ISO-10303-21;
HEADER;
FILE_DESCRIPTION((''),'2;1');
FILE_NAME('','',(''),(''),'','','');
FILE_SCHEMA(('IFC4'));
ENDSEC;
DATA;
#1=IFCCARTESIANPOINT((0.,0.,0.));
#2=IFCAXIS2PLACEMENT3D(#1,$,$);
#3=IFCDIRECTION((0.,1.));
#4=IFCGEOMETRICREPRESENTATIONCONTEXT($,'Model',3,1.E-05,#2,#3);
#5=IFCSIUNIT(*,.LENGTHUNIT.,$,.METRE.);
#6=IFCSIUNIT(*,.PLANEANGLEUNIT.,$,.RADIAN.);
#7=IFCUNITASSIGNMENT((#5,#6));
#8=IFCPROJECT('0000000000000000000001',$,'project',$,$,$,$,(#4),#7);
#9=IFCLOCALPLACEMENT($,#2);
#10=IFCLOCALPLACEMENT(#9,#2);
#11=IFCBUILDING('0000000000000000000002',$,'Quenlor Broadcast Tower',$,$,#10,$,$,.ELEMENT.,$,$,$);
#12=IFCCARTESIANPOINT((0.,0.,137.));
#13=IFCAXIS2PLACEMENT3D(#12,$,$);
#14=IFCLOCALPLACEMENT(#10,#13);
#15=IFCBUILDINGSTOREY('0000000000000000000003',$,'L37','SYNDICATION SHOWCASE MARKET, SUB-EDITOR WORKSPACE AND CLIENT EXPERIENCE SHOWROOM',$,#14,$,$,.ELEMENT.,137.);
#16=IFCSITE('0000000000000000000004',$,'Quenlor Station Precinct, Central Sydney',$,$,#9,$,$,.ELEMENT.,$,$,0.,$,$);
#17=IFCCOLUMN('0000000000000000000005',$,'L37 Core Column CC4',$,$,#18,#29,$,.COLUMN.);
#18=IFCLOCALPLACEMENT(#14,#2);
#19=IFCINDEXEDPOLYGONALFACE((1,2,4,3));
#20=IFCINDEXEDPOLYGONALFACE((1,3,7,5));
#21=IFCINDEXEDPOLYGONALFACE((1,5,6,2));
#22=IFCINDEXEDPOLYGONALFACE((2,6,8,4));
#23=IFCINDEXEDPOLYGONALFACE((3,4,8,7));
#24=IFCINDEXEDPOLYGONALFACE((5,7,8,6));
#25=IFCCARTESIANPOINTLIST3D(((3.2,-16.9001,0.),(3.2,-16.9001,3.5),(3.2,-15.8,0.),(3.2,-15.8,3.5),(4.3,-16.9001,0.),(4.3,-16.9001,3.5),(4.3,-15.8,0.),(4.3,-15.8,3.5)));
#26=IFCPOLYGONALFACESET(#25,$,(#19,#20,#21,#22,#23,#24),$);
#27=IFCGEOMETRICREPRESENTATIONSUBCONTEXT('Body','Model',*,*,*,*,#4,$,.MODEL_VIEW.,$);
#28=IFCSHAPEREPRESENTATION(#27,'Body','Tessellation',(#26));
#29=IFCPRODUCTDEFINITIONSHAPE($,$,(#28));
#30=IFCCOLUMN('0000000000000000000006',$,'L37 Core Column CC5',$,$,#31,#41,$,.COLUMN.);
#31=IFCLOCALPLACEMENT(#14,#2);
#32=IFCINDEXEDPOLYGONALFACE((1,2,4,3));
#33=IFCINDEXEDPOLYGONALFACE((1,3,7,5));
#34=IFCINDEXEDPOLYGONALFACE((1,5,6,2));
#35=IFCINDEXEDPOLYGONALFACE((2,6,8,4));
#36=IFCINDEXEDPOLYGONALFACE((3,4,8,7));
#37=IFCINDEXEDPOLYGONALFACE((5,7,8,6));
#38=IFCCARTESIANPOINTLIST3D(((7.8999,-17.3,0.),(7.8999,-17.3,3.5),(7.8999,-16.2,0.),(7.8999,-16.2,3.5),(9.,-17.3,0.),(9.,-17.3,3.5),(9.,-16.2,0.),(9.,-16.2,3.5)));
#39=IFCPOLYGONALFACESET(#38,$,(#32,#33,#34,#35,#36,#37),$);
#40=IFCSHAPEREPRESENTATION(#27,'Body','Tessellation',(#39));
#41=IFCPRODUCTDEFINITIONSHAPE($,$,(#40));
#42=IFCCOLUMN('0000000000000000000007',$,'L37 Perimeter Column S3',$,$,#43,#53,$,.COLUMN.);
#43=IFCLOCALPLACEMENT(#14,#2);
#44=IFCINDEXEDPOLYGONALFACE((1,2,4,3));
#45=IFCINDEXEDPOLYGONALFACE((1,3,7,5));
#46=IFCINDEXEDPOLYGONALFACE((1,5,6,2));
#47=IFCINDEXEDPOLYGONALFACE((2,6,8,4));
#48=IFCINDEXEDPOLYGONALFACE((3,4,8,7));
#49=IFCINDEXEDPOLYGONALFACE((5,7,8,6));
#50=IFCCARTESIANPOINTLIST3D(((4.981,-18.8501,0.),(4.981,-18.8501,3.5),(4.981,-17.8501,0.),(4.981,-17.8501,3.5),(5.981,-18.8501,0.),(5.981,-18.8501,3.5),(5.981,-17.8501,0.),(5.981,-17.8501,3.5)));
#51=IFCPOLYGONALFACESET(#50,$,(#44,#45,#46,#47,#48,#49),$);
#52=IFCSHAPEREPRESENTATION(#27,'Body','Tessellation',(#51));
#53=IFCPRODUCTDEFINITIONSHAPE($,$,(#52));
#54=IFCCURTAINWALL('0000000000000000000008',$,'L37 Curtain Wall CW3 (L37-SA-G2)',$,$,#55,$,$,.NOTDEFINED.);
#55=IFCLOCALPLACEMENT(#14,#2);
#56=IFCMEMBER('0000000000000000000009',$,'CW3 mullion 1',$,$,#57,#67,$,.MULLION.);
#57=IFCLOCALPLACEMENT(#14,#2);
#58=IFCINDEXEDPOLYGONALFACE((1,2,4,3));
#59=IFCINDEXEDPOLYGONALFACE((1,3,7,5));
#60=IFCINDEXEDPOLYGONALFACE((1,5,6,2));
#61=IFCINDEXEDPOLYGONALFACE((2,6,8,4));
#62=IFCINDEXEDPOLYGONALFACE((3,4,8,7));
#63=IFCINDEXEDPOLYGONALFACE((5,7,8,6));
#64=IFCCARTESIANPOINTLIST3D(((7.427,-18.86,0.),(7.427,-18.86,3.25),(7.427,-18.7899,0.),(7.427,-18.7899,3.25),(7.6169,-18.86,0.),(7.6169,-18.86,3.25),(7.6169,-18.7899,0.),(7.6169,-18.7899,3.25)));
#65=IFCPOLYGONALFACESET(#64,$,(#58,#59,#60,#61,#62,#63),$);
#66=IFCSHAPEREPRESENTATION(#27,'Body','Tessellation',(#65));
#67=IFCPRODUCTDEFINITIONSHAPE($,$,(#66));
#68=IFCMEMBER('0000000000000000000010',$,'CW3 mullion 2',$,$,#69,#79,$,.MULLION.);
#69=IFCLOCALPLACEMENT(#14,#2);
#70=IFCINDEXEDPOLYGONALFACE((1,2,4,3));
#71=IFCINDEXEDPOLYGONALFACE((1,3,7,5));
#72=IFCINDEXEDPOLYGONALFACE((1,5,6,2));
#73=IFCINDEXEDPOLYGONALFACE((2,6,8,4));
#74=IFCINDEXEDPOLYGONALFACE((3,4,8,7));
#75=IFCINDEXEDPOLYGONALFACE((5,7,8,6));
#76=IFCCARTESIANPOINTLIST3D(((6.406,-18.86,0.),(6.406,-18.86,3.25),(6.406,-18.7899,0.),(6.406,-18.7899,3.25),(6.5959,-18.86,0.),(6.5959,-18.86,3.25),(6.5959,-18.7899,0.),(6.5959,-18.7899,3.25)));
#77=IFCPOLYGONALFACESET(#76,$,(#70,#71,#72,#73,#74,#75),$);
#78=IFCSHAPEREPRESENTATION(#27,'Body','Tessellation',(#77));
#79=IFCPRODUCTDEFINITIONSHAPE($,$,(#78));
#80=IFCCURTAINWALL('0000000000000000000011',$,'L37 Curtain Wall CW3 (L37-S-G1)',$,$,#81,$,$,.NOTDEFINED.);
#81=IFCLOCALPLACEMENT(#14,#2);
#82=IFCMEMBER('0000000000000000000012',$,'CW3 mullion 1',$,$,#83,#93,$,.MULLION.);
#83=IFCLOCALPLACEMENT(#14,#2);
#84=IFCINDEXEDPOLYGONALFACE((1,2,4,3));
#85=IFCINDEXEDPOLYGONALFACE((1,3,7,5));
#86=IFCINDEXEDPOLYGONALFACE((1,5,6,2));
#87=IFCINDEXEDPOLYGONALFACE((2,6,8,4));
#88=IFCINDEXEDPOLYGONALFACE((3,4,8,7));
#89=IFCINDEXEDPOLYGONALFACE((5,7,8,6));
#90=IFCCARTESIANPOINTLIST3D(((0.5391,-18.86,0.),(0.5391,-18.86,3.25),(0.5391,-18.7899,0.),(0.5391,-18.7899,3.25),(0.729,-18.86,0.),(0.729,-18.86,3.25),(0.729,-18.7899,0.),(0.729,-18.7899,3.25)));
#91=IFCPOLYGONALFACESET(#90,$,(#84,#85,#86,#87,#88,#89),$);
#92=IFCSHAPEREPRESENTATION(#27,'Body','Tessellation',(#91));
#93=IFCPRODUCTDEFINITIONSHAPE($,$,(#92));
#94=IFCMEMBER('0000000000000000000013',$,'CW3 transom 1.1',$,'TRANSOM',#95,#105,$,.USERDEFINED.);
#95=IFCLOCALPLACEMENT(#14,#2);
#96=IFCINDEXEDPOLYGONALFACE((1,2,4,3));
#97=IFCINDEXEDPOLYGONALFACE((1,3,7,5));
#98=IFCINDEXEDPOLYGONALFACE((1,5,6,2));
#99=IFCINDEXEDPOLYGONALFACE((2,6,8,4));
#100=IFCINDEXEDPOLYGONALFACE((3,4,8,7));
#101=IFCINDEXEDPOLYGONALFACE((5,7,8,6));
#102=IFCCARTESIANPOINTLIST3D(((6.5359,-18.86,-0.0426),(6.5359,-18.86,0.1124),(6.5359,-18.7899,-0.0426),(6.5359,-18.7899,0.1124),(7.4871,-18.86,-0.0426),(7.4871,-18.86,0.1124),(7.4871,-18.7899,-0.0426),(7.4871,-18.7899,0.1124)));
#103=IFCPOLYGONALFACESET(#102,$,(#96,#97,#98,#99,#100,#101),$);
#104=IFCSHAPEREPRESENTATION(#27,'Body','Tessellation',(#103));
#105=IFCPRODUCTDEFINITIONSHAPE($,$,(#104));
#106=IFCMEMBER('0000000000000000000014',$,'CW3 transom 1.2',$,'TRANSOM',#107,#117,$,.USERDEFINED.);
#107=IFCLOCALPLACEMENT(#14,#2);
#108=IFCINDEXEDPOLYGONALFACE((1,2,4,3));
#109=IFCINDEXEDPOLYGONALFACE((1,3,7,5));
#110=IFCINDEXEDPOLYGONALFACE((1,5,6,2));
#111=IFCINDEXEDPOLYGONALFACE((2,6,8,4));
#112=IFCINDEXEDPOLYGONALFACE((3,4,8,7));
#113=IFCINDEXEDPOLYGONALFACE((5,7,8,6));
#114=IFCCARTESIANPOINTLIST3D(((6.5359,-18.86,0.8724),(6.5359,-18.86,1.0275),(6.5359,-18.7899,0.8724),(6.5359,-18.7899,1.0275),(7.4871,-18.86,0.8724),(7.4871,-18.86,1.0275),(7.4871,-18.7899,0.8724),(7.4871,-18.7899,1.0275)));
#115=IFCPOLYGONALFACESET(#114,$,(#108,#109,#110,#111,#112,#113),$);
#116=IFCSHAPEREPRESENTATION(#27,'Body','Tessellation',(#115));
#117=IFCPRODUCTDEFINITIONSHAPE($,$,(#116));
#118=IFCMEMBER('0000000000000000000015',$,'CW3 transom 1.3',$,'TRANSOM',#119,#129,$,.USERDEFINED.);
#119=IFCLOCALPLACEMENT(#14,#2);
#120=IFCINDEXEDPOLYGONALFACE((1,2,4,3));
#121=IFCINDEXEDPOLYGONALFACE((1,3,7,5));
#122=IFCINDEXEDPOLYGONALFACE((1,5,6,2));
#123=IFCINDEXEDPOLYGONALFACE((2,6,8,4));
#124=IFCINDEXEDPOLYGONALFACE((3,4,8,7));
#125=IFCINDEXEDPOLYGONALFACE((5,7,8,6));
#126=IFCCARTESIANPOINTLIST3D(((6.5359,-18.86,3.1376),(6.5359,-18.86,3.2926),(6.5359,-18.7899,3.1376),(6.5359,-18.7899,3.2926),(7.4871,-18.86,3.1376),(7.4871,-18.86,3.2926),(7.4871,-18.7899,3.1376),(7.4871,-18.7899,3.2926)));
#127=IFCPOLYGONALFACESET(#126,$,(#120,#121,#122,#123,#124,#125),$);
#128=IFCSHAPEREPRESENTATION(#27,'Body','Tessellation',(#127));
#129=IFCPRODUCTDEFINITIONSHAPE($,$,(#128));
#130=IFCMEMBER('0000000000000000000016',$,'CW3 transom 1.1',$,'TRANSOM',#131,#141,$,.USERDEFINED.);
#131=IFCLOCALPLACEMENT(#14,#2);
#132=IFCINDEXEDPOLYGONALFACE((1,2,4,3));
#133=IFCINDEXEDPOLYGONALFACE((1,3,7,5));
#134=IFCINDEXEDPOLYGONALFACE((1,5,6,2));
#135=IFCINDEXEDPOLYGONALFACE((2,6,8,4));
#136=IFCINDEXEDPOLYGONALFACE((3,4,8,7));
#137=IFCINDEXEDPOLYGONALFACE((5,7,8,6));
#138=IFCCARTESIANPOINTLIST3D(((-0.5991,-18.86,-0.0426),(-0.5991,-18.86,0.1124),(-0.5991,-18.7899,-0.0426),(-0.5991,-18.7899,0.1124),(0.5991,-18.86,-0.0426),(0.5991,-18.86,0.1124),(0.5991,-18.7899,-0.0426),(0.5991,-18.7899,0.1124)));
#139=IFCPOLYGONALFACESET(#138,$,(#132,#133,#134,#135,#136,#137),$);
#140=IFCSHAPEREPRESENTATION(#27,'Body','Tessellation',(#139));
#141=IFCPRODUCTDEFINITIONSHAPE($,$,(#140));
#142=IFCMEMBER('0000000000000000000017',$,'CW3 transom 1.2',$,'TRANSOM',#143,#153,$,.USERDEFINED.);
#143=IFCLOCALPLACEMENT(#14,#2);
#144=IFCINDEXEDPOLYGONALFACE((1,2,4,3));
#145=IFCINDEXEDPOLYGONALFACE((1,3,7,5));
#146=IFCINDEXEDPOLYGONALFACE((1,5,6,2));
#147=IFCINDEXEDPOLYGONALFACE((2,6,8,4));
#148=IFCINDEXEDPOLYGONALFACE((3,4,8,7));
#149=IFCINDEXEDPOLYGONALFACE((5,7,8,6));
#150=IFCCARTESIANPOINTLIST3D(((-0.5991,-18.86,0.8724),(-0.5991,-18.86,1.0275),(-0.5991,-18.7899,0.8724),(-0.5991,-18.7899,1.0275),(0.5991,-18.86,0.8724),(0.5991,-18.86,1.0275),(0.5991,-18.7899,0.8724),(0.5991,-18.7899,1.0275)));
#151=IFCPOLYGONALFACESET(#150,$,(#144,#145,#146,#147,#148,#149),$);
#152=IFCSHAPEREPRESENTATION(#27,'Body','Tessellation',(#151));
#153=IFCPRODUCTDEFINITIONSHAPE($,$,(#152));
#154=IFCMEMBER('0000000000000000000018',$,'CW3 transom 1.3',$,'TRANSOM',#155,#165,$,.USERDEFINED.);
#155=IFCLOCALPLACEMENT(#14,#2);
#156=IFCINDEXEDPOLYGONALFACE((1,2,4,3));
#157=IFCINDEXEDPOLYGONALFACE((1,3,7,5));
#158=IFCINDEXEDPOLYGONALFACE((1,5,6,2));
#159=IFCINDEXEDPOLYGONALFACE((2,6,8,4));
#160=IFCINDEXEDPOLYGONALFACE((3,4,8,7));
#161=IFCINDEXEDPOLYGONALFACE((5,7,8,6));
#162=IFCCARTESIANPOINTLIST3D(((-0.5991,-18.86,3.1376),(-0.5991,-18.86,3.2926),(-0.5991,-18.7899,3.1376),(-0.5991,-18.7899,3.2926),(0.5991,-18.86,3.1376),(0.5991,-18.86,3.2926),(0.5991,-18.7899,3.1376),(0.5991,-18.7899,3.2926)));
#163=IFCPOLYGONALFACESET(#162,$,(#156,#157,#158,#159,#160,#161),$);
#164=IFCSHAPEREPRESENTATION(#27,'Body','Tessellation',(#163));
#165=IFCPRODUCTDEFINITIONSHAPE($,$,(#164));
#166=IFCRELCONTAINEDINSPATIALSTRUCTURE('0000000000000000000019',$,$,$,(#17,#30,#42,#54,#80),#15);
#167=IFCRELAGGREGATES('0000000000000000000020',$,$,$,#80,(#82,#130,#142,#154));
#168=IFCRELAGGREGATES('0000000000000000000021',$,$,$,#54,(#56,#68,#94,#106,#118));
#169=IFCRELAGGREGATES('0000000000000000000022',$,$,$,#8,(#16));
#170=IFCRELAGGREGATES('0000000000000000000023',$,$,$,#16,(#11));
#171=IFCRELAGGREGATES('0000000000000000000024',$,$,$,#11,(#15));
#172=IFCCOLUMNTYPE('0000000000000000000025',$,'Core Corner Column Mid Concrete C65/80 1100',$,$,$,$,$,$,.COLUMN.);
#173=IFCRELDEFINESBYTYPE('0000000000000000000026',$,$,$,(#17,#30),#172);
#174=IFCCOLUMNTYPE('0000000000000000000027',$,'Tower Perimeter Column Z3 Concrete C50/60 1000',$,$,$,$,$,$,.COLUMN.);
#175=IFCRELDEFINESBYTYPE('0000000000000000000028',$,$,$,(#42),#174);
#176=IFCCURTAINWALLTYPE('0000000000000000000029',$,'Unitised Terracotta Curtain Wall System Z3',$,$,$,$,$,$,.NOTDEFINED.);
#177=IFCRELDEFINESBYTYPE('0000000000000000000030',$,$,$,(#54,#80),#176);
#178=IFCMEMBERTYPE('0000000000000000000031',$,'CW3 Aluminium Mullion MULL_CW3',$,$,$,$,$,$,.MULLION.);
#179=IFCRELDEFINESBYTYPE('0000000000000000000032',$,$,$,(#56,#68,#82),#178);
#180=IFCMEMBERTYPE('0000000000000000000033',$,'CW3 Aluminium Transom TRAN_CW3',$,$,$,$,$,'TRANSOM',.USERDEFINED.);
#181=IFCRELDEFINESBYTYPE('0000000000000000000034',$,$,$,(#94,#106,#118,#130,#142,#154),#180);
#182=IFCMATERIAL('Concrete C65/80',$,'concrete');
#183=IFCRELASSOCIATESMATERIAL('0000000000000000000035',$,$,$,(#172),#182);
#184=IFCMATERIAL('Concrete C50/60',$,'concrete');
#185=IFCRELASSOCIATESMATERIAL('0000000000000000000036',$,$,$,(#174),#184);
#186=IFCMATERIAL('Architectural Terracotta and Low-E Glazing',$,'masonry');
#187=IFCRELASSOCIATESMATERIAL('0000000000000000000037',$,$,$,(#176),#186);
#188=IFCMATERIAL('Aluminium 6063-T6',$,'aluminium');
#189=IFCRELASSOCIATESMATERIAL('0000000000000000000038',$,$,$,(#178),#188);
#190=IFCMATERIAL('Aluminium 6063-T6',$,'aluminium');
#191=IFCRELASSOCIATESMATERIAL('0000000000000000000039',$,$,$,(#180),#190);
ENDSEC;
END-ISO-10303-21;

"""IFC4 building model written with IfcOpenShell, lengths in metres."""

from ifc_helpers import new_model, si_unit, direction, frame, origin, origin_2d, place, context, subcontext, project, spatial, rectangle, extrude, material, material_profile, profile_set, type_object, element, aggregate, save


model = new_model("IFC4")

# Units and contexts
model_context = context("Model", 3, precision=1e-05, world=origin(), true_north=direction((0.0, 1.0)))
body_context = subcontext(model_context, "Body", "Model", "MODEL_VIEW")
ifc_project = project(units=[si_unit("LENGTHUNIT", "METRE"), si_unit("PLANEANGLEUNIT", "RADIAN")], contexts=[model_context])

# Site, building, storey
site_placement = place(None, origin())
site = spatial("IfcSite", under=ifc_project, at=site_placement, Name="Quenlor Station Precinct, Central Sydney", CompositionType="ELEMENT", RefElevation=0.0)
building_placement = place(site_placement, origin())
building = spatial("IfcBuilding", under=site, at=building_placement, Name="Quenlor Broadcast Tower", CompositionType="ELEMENT")
storey_placement = place(building_placement, frame((0.0, 0.0, 137.0)))
storey = spatial("IfcBuildingStorey", under=building, at=storey_placement, Name="L37", Description="SYNDICATION SHOWCASE MARKET, SUB-EDITOR WORKSPACE AND CLIENT EXPERIENCE SHOWROOM", CompositionType="ELEMENT", Elevation=137.0)

# Columns
ifc_material_1 = material(Name="Concrete C65/80", Category="concrete")
ifc_material_profile_1 = material_profile(ifc_material_1, rectangle(XDim=1.1001, YDim=1.1001, at=origin_2d()))
ifc_profile_set_1 = profile_set([ifc_material_profile_1], Name="Concrete C65/80 RC1100x1100")
column_type_1 = type_object("IfcColumnType", Name="Core Corner Column Mid Concrete C65/80 1100", PredefinedType="COLUMN", material=ifc_profile_set_1)
for number, where, z_axis, x_axis, name in (
    (1, (3.75, -16.3501, 0.0), (0.0, 0.0, 1.0), (1.0, 0.0, 0.0), "L37 Core Column CC4"),
    (2, (8.45, -16.75, 0.0), (0.0, 0.0, 1.0), (1.0, 0.0, 0.0), "L37 Core Column CC5"),
):
    element("IfcColumn", number, at=place(storey_placement, frame(where, z_axis=z_axis, x_axis=x_axis)), inside=storey, type_object=column_type_1, Name=name, PredefinedType="COLUMN", context=body_context, shape_type="SweptSolid", body=[
        extrude(rectangle(XDim=1.1001, YDim=1.1001, at=origin_2d()), origin(), (0.0, 0.0, 1.0), 3.5),
    ])
ifc_material_2 = material(Name="Concrete C50/60", Category="concrete")
ifc_material_profile_2 = material_profile(ifc_material_2, rectangle(XDim=1.0, YDim=1.0, at=origin_2d()))
ifc_profile_set_2 = profile_set([ifc_material_profile_2], Name="Concrete C50/60 RC1000x1000")
column_type_2 = type_object("IfcColumnType", Name="Tower Perimeter Column Z3 Concrete C50/60 1000", PredefinedType="COLUMN", material=ifc_profile_set_2)
column_placement = place(storey_placement, frame((5.481, -18.3501, 0.0), z_axis=(0.0, 0.0, 1.0), x_axis=(0.0, 1.0, 0.0)))
element("IfcColumn", 3, at=column_placement, inside=storey, type_object=column_type_2, Name="L37 Perimeter Column S3", PredefinedType="COLUMN", context=body_context, shape_type="SweptSolid", body=[
    extrude(rectangle(XDim=1.0, YDim=1.0, at=origin_2d()), origin(), (0.0, 0.0, 1.0), 3.5),
])

# Curtain wall, members
ifc_material_3 = material(Name="Architectural Terracotta and Low-E Glazing", Category="masonry")
curtain_wall_type = type_object("IfcCurtainWallType", Name="Unitised Terracotta Curtain Wall System Z3", PredefinedType="NOTDEFINED", material=ifc_material_3)
curtain_wall_1_placement = place(storey_placement, origin())
curtain_wall_1 = element("IfcCurtainWall", 4, at=curtain_wall_1_placement, inside=storey, type_object=curtain_wall_type, Name="L37 Curtain Wall CW3 (L37-SA-G2)", PredefinedType="NOTDEFINED")
ifc_material_4 = material(Name="Aluminium 6063-T6", Category="aluminium")
ifc_material_profile_3 = material_profile(ifc_material_4, rectangle(XDim=0.0701, YDim=0.1899, at=origin_2d()))
ifc_profile_set_3 = profile_set([ifc_material_profile_3], Name="Aluminium 6063-T6 MULL70x190")
member_type_1 = type_object("IfcMemberType", Name="CW3 Aluminium Mullion MULL_CW3", PredefinedType="MULLION", material=ifc_profile_set_3)
member_1_placement = place(storey_placement, frame((7.522, -18.825, 0.0), z_axis=(0.0, 0.0, 1.0), x_axis=(0.0, -1.0, 0.0)))
member_1 = element("IfcMember", 5, at=member_1_placement, type_object=member_type_1, Name="CW3 mullion 1", PredefinedType="MULLION", context=body_context, shape_type="SweptSolid", body=[
    extrude(rectangle(XDim=0.0701, YDim=0.1899, at=origin_2d()), origin(), (0.0, 0.0, 1.0), 3.25),
])
member_2_placement = place(storey_placement, frame((6.501, -18.825, 0.0), z_axis=(0.0, 0.0, 1.0), x_axis=(0.0, -1.0, 0.0)))
member_2 = element("IfcMember", 6, at=member_2_placement, type_object=member_type_1, Name="CW3 mullion 2", PredefinedType="MULLION", context=body_context, shape_type="SweptSolid", body=[
    extrude(rectangle(XDim=0.0701, YDim=0.1899, at=origin_2d()), origin(), (0.0, 0.0, 1.0), 3.25),
])

# Curtain wall, member
curtain_wall_2_placement = place(storey_placement, origin())
curtain_wall_2 = element("IfcCurtainWall", 7, at=curtain_wall_2_placement, inside=storey, type_object=curtain_wall_type, Name="L37 Curtain Wall CW3 (L37-S-G1)", PredefinedType="NOTDEFINED")
member_3_placement = place(storey_placement, frame((0.634, -18.825, 0.0), z_axis=(0.0, 0.0, 1.0), x_axis=(0.0, -1.0, 0.0)))
member_3 = element("IfcMember", 8, at=member_3_placement, type_object=member_type_1, Name="CW3 mullion 1", PredefinedType="MULLION", context=body_context, shape_type="SweptSolid", body=[
    extrude(rectangle(XDim=0.0701, YDim=0.1899, at=origin_2d()), origin(), (0.0, 0.0, 1.0), 3.25),
])

# Members
ifc_material_5 = material(Name="Aluminium 6063-T6", Category="aluminium")
ifc_material_profile_4 = material_profile(ifc_material_5, rectangle(XDim=0.0701, YDim=0.155, at=origin_2d()))
ifc_profile_set_4 = profile_set([ifc_material_profile_4], Name="Aluminium 6063-T6 TRAN70x155")
member_type_2 = type_object("IfcMemberType", Name="CW3 Aluminium Transom TRAN_CW3", ElementType="TRANSOM", PredefinedType="USERDEFINED", material=ifc_profile_set_4)
member_4_placement = place(storey_placement, frame((7.4871, -18.825, 0.0349), z_axis=(-1.0, 0.0, 0.0), x_axis=(0.0, -1.0, 0.0)))
member_4 = element("IfcMember", 9, at=member_4_placement, type_object=member_type_2, Name="CW3 transom 1.1", ObjectType="TRANSOM", PredefinedType="USERDEFINED", context=body_context, shape_type="SweptSolid", body=[
    extrude(rectangle(XDim=0.0701, YDim=0.155, at=origin_2d()), origin(), (0.0, 0.0, 1.0), 0.9512),
])
member_5_placement = place(storey_placement, frame((7.4871, -18.825, 0.95), z_axis=(-1.0, 0.0, 0.0), x_axis=(0.0, -1.0, 0.0)))
member_5 = element("IfcMember", 10, at=member_5_placement, type_object=member_type_2, Name="CW3 transom 1.2", ObjectType="TRANSOM", PredefinedType="USERDEFINED", context=body_context, shape_type="SweptSolid", body=[
    extrude(rectangle(XDim=0.0701, YDim=0.155, at=origin_2d()), origin(), (0.0, 0.0, 1.0), 0.9512),
])
member_6_placement = place(storey_placement, frame((7.4871, -18.825, 3.2151), z_axis=(-1.0, 0.0, 0.0), x_axis=(0.0, -1.0, 0.0)))
member_6 = element("IfcMember", 11, at=member_6_placement, type_object=member_type_2, Name="CW3 transom 1.3", ObjectType="TRANSOM", PredefinedType="USERDEFINED", context=body_context, shape_type="SweptSolid", body=[
    extrude(rectangle(XDim=0.0701, YDim=0.155, at=origin_2d()), origin(), (0.0, 0.0, 1.0), 0.9512),
])
member_7_placement = place(storey_placement, frame((0.5991, -18.825, 0.0349), z_axis=(-1.0, 0.0, 0.0), x_axis=(0.0, -1.0, 0.0)))
member_7 = element("IfcMember", 12, at=member_7_placement, type_object=member_type_2, Name="CW3 transom 1.1", ObjectType="TRANSOM", PredefinedType="USERDEFINED", context=body_context, shape_type="SweptSolid", body=[
    extrude(rectangle(XDim=0.0701, YDim=0.155, at=origin_2d()), origin(), (0.0, 0.0, 1.0), 1.1982),
])
member_8_placement = place(storey_placement, frame((0.5991, -18.825, 0.95), z_axis=(-1.0, 0.0, 0.0), x_axis=(0.0, -1.0, 0.0)))
member_8 = element("IfcMember", 13, at=member_8_placement, type_object=member_type_2, Name="CW3 transom 1.2", ObjectType="TRANSOM", PredefinedType="USERDEFINED", context=body_context, shape_type="SweptSolid", body=[
    extrude(rectangle(XDim=0.0701, YDim=0.155, at=origin_2d()), origin(), (0.0, 0.0, 1.0), 1.1982),
])
member_9_placement = place(storey_placement, frame((0.5991, -18.825, 3.2151), z_axis=(-1.0, 0.0, 0.0), x_axis=(0.0, -1.0, 0.0)))
member_9 = element("IfcMember", 14, at=member_9_placement, type_object=member_type_2, Name="CW3 transom 1.3", ObjectType="TRANSOM", PredefinedType="USERDEFINED", context=body_context, shape_type="SweptSolid", body=[
    extrude(rectangle(XDim=0.0701, YDim=0.155, at=origin_2d()), origin(), (0.0, 0.0, 1.0), 1.1982),
])
aggregate(curtain_wall_2, [member_3, member_7, member_8, member_9])

aggregate(curtain_wall_1, [member_1, member_2, member_4, member_5, member_6])

save(model, "model.ifc")
